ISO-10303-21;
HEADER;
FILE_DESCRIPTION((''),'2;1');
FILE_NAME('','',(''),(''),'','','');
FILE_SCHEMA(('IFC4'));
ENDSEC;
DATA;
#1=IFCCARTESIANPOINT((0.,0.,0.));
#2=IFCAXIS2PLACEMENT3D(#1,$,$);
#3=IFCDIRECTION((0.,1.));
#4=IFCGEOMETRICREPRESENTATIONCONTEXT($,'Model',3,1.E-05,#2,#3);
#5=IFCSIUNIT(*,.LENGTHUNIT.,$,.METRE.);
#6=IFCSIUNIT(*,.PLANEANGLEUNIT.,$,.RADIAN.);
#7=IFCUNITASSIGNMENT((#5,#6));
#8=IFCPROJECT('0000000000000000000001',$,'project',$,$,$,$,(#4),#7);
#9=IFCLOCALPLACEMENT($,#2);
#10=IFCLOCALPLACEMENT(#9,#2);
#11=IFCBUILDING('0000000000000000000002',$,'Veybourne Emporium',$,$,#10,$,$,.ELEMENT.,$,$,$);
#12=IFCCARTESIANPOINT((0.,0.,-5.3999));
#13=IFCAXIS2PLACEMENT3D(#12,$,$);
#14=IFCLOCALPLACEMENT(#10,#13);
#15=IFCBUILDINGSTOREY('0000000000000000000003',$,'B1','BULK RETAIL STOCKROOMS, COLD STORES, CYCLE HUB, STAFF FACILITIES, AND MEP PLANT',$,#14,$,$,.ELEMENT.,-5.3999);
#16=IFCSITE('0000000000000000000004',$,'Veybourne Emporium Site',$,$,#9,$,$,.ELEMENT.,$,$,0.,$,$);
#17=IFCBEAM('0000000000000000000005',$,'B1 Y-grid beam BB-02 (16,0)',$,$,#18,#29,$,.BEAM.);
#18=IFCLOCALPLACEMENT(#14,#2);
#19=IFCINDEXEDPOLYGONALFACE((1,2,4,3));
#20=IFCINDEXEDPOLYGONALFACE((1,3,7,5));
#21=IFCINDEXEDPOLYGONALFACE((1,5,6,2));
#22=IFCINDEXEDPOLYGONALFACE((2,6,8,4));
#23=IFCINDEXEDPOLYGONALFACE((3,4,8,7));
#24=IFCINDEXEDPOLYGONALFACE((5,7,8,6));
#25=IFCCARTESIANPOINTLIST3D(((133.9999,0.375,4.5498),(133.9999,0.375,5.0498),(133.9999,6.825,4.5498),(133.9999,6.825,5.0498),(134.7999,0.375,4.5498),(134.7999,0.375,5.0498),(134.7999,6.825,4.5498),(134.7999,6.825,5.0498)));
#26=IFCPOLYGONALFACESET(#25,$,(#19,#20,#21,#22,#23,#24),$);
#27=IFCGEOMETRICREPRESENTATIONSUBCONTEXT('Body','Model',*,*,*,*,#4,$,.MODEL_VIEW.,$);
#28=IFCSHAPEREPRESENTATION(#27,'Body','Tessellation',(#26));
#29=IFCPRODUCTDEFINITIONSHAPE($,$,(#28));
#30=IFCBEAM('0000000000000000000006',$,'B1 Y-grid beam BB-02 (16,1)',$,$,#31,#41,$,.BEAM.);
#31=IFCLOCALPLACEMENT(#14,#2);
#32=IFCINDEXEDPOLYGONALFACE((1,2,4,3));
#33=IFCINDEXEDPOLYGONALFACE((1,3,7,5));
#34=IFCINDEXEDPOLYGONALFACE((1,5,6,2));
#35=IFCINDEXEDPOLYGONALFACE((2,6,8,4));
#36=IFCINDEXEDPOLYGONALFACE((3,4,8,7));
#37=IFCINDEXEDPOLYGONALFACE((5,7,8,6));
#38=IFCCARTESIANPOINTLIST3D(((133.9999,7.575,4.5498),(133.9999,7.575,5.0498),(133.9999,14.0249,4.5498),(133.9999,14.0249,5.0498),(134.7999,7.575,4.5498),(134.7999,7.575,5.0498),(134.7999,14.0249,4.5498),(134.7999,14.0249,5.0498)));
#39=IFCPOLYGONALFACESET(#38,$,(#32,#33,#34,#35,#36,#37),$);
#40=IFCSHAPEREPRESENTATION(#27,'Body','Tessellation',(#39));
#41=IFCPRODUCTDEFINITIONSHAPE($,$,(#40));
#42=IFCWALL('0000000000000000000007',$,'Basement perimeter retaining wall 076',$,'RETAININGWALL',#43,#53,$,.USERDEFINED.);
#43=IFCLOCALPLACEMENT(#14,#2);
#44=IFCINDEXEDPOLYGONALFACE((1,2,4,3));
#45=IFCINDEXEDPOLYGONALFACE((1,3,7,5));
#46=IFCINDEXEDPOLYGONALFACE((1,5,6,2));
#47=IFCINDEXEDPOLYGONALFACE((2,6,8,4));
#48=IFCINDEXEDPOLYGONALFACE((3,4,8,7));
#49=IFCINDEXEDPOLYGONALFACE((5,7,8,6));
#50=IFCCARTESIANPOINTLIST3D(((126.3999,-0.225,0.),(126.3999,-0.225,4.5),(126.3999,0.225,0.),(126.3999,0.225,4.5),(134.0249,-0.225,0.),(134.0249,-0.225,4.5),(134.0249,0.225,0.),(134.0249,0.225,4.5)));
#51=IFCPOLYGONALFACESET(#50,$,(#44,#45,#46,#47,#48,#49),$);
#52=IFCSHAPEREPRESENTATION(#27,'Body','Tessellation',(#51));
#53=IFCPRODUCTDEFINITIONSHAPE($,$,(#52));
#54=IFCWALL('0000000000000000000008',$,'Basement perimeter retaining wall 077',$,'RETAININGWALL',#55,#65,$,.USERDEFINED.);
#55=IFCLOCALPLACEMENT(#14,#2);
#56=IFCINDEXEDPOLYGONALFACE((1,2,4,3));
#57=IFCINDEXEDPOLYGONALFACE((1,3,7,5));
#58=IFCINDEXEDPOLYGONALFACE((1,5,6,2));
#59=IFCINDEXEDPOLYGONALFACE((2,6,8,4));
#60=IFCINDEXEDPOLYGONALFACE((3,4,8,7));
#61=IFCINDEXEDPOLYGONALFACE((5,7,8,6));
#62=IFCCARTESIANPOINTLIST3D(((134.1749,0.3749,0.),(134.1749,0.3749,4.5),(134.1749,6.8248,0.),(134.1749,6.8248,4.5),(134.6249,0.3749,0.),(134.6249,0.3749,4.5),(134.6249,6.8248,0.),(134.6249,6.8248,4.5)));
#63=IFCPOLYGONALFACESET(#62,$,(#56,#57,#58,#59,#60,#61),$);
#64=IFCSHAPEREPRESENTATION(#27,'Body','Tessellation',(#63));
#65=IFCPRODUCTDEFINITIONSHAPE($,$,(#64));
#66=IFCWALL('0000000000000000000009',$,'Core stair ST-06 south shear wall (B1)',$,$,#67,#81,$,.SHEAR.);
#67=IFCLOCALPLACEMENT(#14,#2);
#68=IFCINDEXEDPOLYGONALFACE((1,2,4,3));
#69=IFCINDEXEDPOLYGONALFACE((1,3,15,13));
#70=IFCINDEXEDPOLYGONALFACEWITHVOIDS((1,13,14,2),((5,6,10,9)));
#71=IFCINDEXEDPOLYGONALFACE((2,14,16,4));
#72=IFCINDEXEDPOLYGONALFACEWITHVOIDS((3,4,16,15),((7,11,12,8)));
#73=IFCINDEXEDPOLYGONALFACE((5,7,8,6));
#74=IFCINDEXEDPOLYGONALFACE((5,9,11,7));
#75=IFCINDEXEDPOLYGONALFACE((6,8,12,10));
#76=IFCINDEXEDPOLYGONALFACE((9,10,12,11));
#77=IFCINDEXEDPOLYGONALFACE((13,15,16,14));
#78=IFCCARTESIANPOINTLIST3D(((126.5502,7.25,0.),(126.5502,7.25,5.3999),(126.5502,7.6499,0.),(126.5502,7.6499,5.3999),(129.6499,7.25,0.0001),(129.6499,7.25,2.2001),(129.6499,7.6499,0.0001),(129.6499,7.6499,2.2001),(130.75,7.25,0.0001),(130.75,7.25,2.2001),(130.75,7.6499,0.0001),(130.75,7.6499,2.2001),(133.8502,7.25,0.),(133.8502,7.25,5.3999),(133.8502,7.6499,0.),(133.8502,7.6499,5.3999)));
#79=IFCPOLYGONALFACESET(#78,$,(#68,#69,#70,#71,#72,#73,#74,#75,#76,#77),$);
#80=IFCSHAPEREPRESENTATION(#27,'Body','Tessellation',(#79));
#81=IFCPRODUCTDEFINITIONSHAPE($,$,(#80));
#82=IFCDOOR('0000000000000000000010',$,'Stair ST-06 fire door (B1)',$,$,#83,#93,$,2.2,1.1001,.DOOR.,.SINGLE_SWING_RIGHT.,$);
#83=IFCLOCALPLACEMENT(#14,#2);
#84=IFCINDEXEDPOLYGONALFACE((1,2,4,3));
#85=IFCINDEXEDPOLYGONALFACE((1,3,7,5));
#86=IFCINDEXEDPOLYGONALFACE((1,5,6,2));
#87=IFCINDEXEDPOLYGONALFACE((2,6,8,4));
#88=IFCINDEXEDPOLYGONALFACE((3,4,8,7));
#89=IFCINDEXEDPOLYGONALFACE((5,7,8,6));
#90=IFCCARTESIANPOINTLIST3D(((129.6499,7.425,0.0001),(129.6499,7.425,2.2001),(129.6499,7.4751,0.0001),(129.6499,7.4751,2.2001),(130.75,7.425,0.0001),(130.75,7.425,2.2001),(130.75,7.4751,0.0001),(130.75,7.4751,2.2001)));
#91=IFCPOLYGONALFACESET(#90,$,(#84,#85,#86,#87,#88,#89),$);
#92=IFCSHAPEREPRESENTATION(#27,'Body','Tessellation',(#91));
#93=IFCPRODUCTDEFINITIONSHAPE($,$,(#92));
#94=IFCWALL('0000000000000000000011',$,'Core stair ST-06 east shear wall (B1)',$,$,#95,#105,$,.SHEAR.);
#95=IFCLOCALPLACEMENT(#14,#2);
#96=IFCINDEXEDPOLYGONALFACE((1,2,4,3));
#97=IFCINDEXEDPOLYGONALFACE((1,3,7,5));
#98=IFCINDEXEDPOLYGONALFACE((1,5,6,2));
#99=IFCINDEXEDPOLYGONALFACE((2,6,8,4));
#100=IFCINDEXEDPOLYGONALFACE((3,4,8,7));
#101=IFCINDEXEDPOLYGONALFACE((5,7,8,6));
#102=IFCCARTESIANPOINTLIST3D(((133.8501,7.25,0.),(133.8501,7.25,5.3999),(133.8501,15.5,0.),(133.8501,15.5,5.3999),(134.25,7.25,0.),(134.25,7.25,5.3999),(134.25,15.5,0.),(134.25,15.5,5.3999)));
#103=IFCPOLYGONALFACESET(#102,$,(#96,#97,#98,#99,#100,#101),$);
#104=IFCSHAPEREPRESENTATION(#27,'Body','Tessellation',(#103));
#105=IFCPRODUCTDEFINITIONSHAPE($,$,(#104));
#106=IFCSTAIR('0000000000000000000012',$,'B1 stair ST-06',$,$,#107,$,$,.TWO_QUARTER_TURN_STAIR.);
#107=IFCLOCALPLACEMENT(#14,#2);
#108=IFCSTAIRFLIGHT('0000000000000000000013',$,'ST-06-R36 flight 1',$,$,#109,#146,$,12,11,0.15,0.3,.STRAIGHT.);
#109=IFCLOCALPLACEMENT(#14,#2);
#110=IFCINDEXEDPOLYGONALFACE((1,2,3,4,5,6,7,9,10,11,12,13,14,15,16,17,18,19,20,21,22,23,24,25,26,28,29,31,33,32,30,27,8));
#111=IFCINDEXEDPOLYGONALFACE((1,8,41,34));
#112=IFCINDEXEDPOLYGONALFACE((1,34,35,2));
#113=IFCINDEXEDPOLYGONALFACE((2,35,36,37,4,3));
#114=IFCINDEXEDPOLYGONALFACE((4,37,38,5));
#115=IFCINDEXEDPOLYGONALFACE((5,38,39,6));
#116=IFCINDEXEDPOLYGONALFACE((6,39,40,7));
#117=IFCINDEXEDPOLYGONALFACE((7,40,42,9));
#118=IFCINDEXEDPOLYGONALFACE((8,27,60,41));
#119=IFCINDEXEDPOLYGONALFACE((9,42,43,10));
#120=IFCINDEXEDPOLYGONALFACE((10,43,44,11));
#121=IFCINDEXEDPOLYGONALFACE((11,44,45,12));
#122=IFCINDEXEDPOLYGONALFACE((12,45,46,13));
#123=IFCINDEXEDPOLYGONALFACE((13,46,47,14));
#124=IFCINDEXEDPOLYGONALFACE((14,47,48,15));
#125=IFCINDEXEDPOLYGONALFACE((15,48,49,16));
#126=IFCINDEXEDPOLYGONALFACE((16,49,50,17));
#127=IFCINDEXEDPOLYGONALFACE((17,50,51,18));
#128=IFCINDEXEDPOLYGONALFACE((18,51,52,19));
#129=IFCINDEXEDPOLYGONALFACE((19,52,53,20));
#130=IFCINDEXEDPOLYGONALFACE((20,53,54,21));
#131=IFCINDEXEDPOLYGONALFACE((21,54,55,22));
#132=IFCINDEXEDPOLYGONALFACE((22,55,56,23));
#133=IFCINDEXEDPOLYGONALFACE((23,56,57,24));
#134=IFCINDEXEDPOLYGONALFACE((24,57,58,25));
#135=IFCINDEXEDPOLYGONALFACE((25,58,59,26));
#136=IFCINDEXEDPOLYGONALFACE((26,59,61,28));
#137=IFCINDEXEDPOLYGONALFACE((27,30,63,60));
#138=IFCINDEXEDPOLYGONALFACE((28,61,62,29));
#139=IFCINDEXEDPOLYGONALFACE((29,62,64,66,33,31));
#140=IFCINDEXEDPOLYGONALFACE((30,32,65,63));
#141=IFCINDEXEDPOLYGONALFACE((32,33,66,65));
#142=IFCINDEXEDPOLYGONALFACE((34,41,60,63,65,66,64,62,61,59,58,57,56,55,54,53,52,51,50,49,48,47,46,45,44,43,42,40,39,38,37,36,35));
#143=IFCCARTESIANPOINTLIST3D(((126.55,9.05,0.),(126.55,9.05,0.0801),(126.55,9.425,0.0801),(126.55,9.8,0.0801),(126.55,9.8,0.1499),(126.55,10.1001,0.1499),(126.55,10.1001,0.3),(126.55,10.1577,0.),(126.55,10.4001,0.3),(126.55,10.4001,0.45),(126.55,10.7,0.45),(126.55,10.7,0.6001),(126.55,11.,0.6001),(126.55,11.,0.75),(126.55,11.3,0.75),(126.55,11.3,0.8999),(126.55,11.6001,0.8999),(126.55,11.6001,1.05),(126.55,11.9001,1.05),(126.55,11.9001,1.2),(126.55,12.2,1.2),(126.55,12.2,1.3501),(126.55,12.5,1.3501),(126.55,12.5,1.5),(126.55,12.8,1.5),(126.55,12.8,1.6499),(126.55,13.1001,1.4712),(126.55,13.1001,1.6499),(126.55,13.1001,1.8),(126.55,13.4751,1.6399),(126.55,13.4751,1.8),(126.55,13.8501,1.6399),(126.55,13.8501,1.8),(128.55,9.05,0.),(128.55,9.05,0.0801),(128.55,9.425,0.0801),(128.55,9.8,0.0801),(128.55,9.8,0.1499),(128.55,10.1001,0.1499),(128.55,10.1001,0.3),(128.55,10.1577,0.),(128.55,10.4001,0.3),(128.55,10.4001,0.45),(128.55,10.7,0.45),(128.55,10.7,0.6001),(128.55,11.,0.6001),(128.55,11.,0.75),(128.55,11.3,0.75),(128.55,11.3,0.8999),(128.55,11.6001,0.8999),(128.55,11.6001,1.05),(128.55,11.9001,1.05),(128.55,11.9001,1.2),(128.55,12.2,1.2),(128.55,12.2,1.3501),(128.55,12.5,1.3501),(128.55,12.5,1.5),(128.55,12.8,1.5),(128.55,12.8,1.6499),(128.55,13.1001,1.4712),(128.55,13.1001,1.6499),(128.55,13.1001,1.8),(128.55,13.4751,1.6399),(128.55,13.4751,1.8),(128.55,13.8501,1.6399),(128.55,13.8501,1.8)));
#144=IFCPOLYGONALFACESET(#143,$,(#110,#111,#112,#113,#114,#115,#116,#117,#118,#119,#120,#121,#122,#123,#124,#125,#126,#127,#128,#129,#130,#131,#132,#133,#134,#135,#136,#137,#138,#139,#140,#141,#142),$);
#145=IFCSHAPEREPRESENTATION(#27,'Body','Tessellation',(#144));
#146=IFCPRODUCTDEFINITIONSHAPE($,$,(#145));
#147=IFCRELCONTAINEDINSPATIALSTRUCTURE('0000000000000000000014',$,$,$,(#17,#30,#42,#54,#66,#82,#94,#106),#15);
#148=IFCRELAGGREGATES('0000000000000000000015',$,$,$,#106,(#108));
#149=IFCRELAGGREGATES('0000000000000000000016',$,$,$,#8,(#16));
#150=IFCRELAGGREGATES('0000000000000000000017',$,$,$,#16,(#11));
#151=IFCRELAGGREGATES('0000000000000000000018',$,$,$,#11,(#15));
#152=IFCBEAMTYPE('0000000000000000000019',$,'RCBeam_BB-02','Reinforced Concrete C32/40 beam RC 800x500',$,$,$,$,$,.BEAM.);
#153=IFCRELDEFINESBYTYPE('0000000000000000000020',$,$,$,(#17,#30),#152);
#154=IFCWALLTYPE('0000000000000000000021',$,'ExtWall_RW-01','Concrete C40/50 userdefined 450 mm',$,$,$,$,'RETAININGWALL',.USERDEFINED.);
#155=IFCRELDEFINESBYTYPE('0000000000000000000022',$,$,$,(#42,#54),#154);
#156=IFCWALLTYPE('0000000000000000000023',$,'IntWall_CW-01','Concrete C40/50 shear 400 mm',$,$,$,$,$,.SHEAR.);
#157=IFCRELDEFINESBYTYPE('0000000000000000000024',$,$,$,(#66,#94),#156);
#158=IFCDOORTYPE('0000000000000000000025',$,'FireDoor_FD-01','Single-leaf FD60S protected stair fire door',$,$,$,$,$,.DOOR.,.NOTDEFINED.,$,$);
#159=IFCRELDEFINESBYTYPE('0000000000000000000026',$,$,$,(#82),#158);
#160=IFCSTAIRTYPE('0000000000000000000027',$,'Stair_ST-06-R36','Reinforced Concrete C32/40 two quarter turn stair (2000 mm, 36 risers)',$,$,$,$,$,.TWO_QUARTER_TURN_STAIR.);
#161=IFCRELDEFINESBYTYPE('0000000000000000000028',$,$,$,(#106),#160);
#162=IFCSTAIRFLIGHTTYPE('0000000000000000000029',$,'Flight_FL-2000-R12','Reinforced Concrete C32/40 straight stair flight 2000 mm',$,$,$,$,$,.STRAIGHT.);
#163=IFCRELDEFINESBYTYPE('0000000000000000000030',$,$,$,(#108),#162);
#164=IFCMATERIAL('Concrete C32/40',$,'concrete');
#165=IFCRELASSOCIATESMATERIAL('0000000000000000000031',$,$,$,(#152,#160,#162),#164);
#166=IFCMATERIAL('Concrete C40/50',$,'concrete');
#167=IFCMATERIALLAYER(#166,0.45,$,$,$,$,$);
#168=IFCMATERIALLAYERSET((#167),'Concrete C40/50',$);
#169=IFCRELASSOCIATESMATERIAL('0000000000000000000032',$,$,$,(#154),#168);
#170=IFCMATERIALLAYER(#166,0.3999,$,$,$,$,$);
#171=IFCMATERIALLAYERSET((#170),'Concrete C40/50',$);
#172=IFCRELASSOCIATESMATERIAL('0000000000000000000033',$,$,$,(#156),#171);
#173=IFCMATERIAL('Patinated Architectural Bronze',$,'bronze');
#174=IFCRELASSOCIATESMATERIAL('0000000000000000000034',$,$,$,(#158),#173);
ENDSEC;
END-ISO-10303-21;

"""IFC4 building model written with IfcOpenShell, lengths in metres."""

from ifc_helpers import new_model, si_unit, direction, frame, frame_2d, origin, origin_2d, place, context, subcontext, project, spatial, polyline, rectangle, outline, extrude, material, layer, layer_set, material_profile, profile_set, type_object, element, fill, aggregate, save


model = new_model("IFC4")

# Units and contexts
model_context = context("Model", 3, precision=1e-05, world=origin(), true_north=direction((0.0, 1.0)))
body_context = subcontext(model_context, "Body", "Model", "MODEL_VIEW")
ifc_project = project(units=[si_unit("LENGTHUNIT", "METRE"), si_unit("PLANEANGLEUNIT", "RADIAN")], contexts=[model_context])

# Site, building, storey
site_placement = place(None, origin())
site = spatial("IfcSite", under=ifc_project, at=site_placement, Name="Veybourne Emporium Site", CompositionType="ELEMENT", RefElevation=0.0)
building_placement = place(site_placement, origin())
building = spatial("IfcBuilding", under=site, at=building_placement, Name="Veybourne Emporium", CompositionType="ELEMENT")
storey_placement = place(building_placement, frame((0.0, 0.0, -5.3999)))
storey = spatial("IfcBuildingStorey", under=building, at=storey_placement, Name="B1", Description="BULK RETAIL STOCKROOMS, COLD STORES, CYCLE HUB, STAFF FACILITIES, AND MEP PLANT", CompositionType="ELEMENT", Elevation=-5.3999)

# Shared definitions
ifc_material_1 = material(Name="Concrete C40/50", Category="concrete")

# Beams
ifc_material_2 = material(Name="Concrete C32/40", Category="concrete")
ifc_material_profile_1 = material_profile(ifc_material_2, rectangle(XDim=0.8, YDim=0.5, at=origin_2d()), Name="RC 800x500")
ifc_profile_set_1 = profile_set([ifc_material_profile_1], Name="Concrete C32/40")
beam_type = type_object("IfcBeamType", Name="RCBeam_BB-02", Description="Reinforced Concrete C32/40 beam RC 800x500", PredefinedType="BEAM", material=ifc_profile_set_1)
for number, where, z_axis, x_axis, name in (
    (1, (134.3999, 0.375, 4.7998), (0.0, 1.0, 0.0), (-1.0, 0.0, 0.0), "B1 Y-grid beam BB-02 (16,0)"),
    (2, (134.3999, 7.575, 4.7998), (0.0, 1.0, 0.0), (-1.0, 0.0, 0.0), "B1 Y-grid beam BB-02 (16,1)"),
):
    element("IfcBeam", number, at=place(storey_placement, frame(where, z_axis=z_axis, x_axis=x_axis)), inside=storey, type_object=beam_type, Name=name, PredefinedType="BEAM", context=body_context, shape_type="SweptSolid", body=[
        extrude(rectangle(XDim=0.8, YDim=0.5, at=origin_2d()), origin(), (0.0, 0.0, 1.0), 6.45),
    ])

# Walls
ifc_layer_1 = layer(ifc_material_1, 0.45)
ifc_layer_set_1 = layer_set([ifc_layer_1], Name="Concrete C40/50")
wall_type_1 = type_object("IfcWallType", Name="ExtWall_RW-01", Description="Concrete C40/50 userdefined 450 mm", ElementType="RETAININGWALL", PredefinedType="USERDEFINED", material=ifc_layer_set_1)
wall_1_placement = place(storey_placement, frame((134.0249, 0.0, 0.0), z_axis=(0.0, 0.0, 1.0), x_axis=(-1.0, 0.0, 0.0)))
element("IfcWall", 3, at=wall_1_placement, inside=storey, type_object=wall_type_1, Name="Basement perimeter retaining wall 076", ObjectType="RETAININGWALL", PredefinedType="USERDEFINED", context=body_context, shape_type="SweptSolid", body=[
    extrude(rectangle(XDim=7.625, YDim=0.45, at=frame_2d((3.8125, 0.0))), origin(), (0.0, 0.0, 1.0), 4.5),
])
wall_2_placement = place(storey_placement, frame((134.3999, 6.825, 0.0), z_axis=(0.0, 0.0, 1.0), x_axis=(0.0, -1.0, 0.0)))
element("IfcWall", 4, at=wall_2_placement, inside=storey, type_object=wall_type_1, Name="Basement perimeter retaining wall 077", ObjectType="RETAININGWALL", PredefinedType="USERDEFINED", context=body_context, shape_type="SweptSolid", body=[
    extrude(rectangle(XDim=6.45, YDim=0.45, at=frame_2d((3.2251, 0.0))), origin(), (0.0, 0.0, 1.0), 4.5),
])

# Wall, opening, door
ifc_layer_2 = layer(ifc_material_1, 0.3999)
ifc_layer_set_2 = layer_set([ifc_layer_2], Name="Concrete C40/50")
wall_type_2 = type_object("IfcWallType", Name="IntWall_CW-01", Description="Concrete C40/50 shear 400 mm", PredefinedType="SHEAR", material=ifc_layer_set_2)
wall_3_placement = place(storey_placement, frame((133.8501, 7.45, 0.0), z_axis=(0.0, 0.0, 1.0), x_axis=(-1.0, 0.0, 0.0)))
wall_3 = element("IfcWall", 5, at=wall_3_placement, inside=storey, type_object=wall_type_2, Name="Core stair ST-06 south shear wall (B1)", PredefinedType="SHEAR", context=body_context, shape_type="SweptSolid", body=[
    extrude(rectangle(XDim=7.3, YDim=0.3999, at=frame_2d((3.6499, 0.0))), origin(), (0.0, 0.0, 1.0), 5.3999),
])
opening_placement = place(wall_3_placement, frame((3.1001, 0.0, 0.0)))
opening = element("IfcOpeningElement", 6, at=opening_placement, cuts=wall_3, PredefinedType="OPENING", context=body_context, shape_type="SweptSolid", body=[
    extrude(rectangle(XDim=1.1001, YDim=2.2, at=frame_2d((0.55, 1.1001))), frame((0.0, 0.22, 0.0), z_axis=(0.0, -1.0, 0.0), x_axis=(1.0, 0.0, 0.0)), (0.0, 0.0, 1.0), 0.4399),
])
ifc_material_3 = material(Name="Patinated Architectural Bronze", Category="bronze")
door_type = type_object("IfcDoorType", Name="FireDoor_FD-01", Description="Single-leaf FD60S protected stair fire door", OperationType="NOTDEFINED", PredefinedType="DOOR", material=ifc_material_3)
door_placement = place(opening_placement, origin())
door = element("IfcDoor", 7, at=door_placement, inside=storey, type_object=door_type, Name="Stair ST-06 fire door (B1)", OperationType="SINGLE_SWING_RIGHT", OverallHeight=2.2, OverallWidth=1.1001, PredefinedType="DOOR", context=body_context, shape_type="SweptSolid", body=[
    extrude(rectangle(XDim=1.1001, YDim=2.2, at=frame_2d((0.55, 1.1001))), frame((0.0, 0.0249, 0.0), z_axis=(0.0, -1.0, 0.0), x_axis=(1.0, 0.0, 0.0)), (0.0, 0.0, 1.0), 0.05),
])
fill(opening, door)

# Wall
wall_4_placement = place(storey_placement, frame((134.05, 7.25, 0.0), z_axis=(0.0, 0.0, 1.0), x_axis=(0.0, 1.0, 0.0)))
element("IfcWall", 8, at=wall_4_placement, inside=storey, type_object=wall_type_2, Name="Core stair ST-06 east shear wall (B1)", PredefinedType="SHEAR", context=body_context, shape_type="SweptSolid", body=[
    extrude(rectangle(XDim=8.25, YDim=0.3999, at=frame_2d((4.125, 0.0))), origin(), (0.0, 0.0, 1.0), 5.3999),
])

# Stair, stair flight
stair_type = type_object("IfcStairType", Name="Stair_ST-06-R36", Description="Reinforced Concrete C32/40 two quarter turn stair (2000 mm, 36 risers)", PredefinedType="TWO_QUARTER_TURN_STAIR", material=ifc_material_2)
stair_placement = place(storey_placement, origin())
stair = element("IfcStair", 9, at=stair_placement, inside=storey, type_object=stair_type, Name="B1 stair ST-06", PredefinedType="TWO_QUARTER_TURN_STAIR")
stair_flight_type = type_object("IfcStairFlightType", Name="Flight_FL-2000-R12", Description="Reinforced Concrete C32/40 straight stair flight 2000 mm", PredefinedType="STRAIGHT", material=ifc_material_2)
stair_flight_1_placement = place(storey_placement, frame((127.55, 9.8, 0.0), z_axis=(0.0, 0.0, 1.0), x_axis=(0.0, 1.0, 0.0)))
stair_flight_1 = element("IfcStairFlight", 10, at=stair_flight_1_placement, type_object=stair_flight_type, Name="ST-06-R36 flight 1", NumberOfRisers=12, NumberOfTreads=11, PredefinedType="STRAIGHT", RiserHeight=0.15, TreadLength=0.3, context=body_context, shape_type="SweptSolid", body=[
    extrude(outline(polyline([(-0.75, 0.0), (-0.75, 0.0801), (-0.375, 0.0801), (0.0, 0.0801), (0.0, 0.1499), (0.3, 0.1499), (0.3, 0.3), (0.6001, 0.3), (0.6001, 0.45), (0.8999, 0.45), (0.8999, 0.6001), (1.2, 0.6001), (1.2, 0.75), (1.5, 0.75), (1.5, 0.8999), (1.8, 0.8999), (1.8, 1.05), (2.1001, 1.05), (2.1001, 1.2), (2.3999, 1.2), (2.3999, 1.3501), (2.7, 1.3501), (2.7, 1.5), (3.0, 1.5), (3.0, 1.6499), (3.3, 1.6499), (3.3, 1.8), (3.675, 1.8), (4.05, 1.8), (4.05, 1.6399), (3.675, 1.6399), (3.3, 1.4712), (0.3577, 0.0), (-0.75, 0.0)])), frame((0.0, 1.0, 0.0), z_axis=(0.0, -1.0, 0.0), x_axis=(1.0, 0.0, 0.0)), (0.0, 0.0, 1.0), 2.0),
])
aggregate(stair, [stair_flight_1])

save(model, "model.ifc")
